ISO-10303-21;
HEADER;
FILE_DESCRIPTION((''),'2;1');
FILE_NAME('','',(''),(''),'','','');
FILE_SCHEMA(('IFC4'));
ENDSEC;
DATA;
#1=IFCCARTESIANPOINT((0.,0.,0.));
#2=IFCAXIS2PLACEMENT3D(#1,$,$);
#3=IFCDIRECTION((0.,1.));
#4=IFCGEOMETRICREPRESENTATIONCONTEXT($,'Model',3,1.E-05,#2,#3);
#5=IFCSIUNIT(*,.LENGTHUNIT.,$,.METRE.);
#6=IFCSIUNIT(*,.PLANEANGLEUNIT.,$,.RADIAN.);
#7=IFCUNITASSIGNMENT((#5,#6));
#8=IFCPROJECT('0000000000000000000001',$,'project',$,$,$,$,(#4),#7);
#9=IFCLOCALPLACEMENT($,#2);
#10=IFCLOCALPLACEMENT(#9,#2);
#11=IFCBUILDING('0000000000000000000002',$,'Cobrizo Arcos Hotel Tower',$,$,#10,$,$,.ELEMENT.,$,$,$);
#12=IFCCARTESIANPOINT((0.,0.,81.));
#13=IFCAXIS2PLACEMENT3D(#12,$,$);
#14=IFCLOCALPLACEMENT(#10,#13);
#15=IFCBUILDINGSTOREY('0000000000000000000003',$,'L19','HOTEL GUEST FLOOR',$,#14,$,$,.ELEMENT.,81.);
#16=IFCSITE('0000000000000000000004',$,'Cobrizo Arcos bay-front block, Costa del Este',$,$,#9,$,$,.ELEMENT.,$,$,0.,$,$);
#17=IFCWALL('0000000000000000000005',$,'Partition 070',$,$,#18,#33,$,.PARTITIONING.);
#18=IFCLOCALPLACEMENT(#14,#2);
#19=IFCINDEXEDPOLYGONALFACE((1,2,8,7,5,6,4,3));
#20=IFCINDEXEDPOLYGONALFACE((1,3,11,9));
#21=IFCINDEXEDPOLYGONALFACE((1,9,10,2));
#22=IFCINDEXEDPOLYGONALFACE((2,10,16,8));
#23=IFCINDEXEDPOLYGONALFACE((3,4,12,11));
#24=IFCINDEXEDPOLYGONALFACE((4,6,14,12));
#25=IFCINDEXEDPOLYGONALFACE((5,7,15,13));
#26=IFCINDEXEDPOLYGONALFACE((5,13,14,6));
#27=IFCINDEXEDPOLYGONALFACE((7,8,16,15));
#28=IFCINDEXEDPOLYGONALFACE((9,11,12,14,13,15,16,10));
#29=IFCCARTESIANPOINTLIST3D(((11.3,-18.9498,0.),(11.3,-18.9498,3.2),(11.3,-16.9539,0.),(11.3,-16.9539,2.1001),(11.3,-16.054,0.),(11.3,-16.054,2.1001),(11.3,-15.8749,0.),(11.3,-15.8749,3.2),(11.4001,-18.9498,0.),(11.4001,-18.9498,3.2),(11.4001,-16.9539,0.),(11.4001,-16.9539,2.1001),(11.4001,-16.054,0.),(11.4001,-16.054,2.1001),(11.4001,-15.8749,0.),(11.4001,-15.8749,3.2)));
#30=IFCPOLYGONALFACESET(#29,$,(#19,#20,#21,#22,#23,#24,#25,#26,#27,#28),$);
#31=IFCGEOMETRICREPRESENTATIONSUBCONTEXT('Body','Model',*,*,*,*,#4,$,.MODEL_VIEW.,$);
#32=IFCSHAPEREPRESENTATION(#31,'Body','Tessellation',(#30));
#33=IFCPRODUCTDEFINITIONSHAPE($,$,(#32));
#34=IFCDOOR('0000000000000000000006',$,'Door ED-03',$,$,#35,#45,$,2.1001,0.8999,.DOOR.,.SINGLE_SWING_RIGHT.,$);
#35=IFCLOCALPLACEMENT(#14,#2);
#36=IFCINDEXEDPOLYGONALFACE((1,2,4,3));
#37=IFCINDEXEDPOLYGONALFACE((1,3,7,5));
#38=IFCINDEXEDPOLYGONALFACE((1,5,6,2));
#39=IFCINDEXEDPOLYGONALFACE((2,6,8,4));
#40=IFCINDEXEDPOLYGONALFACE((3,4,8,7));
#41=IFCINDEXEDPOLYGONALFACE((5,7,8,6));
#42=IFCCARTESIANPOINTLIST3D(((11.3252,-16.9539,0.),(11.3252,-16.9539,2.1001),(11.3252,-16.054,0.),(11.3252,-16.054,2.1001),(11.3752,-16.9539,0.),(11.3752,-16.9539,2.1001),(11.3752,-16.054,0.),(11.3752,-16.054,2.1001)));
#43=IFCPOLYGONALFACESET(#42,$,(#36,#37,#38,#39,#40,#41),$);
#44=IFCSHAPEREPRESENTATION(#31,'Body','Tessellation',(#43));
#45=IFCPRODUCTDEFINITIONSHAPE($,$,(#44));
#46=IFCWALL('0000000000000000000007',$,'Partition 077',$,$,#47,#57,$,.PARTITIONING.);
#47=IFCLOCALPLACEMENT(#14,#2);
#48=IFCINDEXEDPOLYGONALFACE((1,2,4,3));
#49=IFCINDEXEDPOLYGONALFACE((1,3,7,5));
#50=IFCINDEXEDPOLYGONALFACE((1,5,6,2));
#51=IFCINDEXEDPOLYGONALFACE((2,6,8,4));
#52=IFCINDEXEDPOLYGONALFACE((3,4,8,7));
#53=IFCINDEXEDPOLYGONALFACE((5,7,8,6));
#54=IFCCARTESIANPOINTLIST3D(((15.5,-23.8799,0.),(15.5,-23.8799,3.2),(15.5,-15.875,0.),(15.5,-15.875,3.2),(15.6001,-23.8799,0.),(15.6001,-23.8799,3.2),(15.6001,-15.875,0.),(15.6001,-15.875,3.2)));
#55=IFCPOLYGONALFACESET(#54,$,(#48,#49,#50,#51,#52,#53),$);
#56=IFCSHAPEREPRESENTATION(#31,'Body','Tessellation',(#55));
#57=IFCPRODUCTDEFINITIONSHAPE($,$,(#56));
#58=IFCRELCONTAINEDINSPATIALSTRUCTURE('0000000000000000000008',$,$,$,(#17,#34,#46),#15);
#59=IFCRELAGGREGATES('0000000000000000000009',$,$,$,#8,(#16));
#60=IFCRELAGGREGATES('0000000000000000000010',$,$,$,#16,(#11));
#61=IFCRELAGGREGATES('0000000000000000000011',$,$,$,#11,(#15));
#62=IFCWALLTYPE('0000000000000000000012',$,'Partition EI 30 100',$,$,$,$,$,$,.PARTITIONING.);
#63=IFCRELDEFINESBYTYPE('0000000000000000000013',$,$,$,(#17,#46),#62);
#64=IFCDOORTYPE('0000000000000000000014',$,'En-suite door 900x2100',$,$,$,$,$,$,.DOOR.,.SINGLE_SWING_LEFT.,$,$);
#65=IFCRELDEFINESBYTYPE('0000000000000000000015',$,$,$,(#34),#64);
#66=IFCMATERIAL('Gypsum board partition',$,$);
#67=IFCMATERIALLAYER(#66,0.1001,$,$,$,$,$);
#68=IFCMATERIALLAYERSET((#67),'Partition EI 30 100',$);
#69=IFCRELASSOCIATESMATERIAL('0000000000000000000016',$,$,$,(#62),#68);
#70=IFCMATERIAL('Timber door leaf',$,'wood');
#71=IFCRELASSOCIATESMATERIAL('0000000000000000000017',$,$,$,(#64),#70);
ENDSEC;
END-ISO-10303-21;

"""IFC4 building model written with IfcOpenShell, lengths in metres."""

from ifc_helpers import new_model, si_unit, direction, frame, frame_2d, origin, place, context, subcontext, project, spatial, rectangle, extrude, material, layer, layer_set, type_object, element, fill, save


model = new_model("IFC4")

# Units and contexts
model_context = context("Model", 3, precision=1e-05, world=origin(), true_north=direction((0.0, 1.0)))
body_context = subcontext(model_context, "Body", "Model", "MODEL_VIEW")
ifc_project = project(units=[si_unit("LENGTHUNIT", "METRE"), si_unit("PLANEANGLEUNIT", "RADIAN")], contexts=[model_context])

# Site, building, storey
site_placement = place(None, origin())
site = spatial("IfcSite", under=ifc_project, at=site_placement, Name="Cobrizo Arcos bay-front block, Costa del Este", CompositionType="ELEMENT", RefElevation=0.0)
building_placement = place(site_placement, origin())
building = spatial("IfcBuilding", under=site, at=building_placement, Name="Cobrizo Arcos Hotel Tower", CompositionType="ELEMENT")
storey_placement = place(building_placement, frame((0.0, 0.0, 81.0)))
storey = spatial("IfcBuildingStorey", under=building, at=storey_placement, Name="L19", Description="HOTEL GUEST FLOOR", CompositionType="ELEMENT", Elevation=81.0)

# Shared definitions
ifc_material_1 = material(Name="Gypsum board partition")
ifc_layer_1 = layer(ifc_material_1, 0.1001)
ifc_layer_set_1 = layer_set([ifc_layer_1], Name="Partition EI 30 100")
wall_type = type_object("IfcWallType", Name="Partition EI 30 100", PredefinedType="PARTITIONING", material=ifc_layer_set_1)

# Wall, opening, door
wall_1_placement = place(storey_placement, frame((11.3501, -18.95, 0.0), z_axis=(0.0, 0.0, 1.0), x_axis=(0.0, 1.0, 0.0)))
wall_1 = element("IfcWall", 1, at=wall_1_placement, inside=storey, type_object=wall_type, Name="Partition 070", PredefinedType="PARTITIONING", context=body_context, shape_type="SweptSolid", body=[
    extrude(rectangle(XDim=3.075, YDim=0.1001, at=frame_2d((1.5376, 0.0))), origin(), (0.0, 0.0, 1.0), 3.2),
])
opening_placement = place(wall_1_placement, frame((1.9961, 0.0, 0.0)))
opening = element("IfcOpeningElement", 2, at=opening_placement, cuts=wall_1, PredefinedType="OPENING", context=body_context, shape_type="SweptSolid", body=[
    extrude(rectangle(XDim=0.8999, YDim=2.1001, at=frame_2d((0.45, 1.05))), frame((0.0, 0.062, 0.0), z_axis=(0.0, -1.0, 0.0), x_axis=(1.0, 0.0, 0.0)), (0.0, 0.0, 1.0), 0.124),
])
ifc_material_2 = material(Name="Timber door leaf", Category="wood")
door_type = type_object("IfcDoorType", Name="En-suite door 900x2100", OperationType="SINGLE_SWING_LEFT", PredefinedType="DOOR", material=ifc_material_2)
door_placement = place(opening_placement, origin())
door = element("IfcDoor", 3, at=door_placement, inside=storey, type_object=door_type, Name="Door ED-03", OperationType="SINGLE_SWING_RIGHT", OverallHeight=2.1001, OverallWidth=0.8999, PredefinedType="DOOR", context=body_context, shape_type="SweptSolid", body=[
    extrude(rectangle(XDim=0.8999, YDim=2.1001, at=frame_2d((0.45, 1.05))), frame((0.0, 0.0249, 0.0), z_axis=(0.0, -1.0, 0.0), x_axis=(1.0, 0.0, 0.0)), (0.0, 0.0, 1.0), 0.05),
])
fill(opening, door)

# Wall
wall_2_placement = place(storey_placement, frame((15.55, -23.8799, 0.0), z_axis=(0.0, 0.0, 1.0), x_axis=(0.0, 1.0, 0.0)))
element("IfcWall", 4, at=wall_2_placement, inside=storey, type_object=wall_type, Name="Partition 077", PredefinedType="PARTITIONING", context=body_context, shape_type="SweptSolid", body=[
    extrude(rectangle(XDim=8.0049, YDim=0.1001, at=frame_2d((4.0024, 0.0))), origin(), (0.0, 0.0, 1.0), 3.2),
])

save(model, "model.ifc")
